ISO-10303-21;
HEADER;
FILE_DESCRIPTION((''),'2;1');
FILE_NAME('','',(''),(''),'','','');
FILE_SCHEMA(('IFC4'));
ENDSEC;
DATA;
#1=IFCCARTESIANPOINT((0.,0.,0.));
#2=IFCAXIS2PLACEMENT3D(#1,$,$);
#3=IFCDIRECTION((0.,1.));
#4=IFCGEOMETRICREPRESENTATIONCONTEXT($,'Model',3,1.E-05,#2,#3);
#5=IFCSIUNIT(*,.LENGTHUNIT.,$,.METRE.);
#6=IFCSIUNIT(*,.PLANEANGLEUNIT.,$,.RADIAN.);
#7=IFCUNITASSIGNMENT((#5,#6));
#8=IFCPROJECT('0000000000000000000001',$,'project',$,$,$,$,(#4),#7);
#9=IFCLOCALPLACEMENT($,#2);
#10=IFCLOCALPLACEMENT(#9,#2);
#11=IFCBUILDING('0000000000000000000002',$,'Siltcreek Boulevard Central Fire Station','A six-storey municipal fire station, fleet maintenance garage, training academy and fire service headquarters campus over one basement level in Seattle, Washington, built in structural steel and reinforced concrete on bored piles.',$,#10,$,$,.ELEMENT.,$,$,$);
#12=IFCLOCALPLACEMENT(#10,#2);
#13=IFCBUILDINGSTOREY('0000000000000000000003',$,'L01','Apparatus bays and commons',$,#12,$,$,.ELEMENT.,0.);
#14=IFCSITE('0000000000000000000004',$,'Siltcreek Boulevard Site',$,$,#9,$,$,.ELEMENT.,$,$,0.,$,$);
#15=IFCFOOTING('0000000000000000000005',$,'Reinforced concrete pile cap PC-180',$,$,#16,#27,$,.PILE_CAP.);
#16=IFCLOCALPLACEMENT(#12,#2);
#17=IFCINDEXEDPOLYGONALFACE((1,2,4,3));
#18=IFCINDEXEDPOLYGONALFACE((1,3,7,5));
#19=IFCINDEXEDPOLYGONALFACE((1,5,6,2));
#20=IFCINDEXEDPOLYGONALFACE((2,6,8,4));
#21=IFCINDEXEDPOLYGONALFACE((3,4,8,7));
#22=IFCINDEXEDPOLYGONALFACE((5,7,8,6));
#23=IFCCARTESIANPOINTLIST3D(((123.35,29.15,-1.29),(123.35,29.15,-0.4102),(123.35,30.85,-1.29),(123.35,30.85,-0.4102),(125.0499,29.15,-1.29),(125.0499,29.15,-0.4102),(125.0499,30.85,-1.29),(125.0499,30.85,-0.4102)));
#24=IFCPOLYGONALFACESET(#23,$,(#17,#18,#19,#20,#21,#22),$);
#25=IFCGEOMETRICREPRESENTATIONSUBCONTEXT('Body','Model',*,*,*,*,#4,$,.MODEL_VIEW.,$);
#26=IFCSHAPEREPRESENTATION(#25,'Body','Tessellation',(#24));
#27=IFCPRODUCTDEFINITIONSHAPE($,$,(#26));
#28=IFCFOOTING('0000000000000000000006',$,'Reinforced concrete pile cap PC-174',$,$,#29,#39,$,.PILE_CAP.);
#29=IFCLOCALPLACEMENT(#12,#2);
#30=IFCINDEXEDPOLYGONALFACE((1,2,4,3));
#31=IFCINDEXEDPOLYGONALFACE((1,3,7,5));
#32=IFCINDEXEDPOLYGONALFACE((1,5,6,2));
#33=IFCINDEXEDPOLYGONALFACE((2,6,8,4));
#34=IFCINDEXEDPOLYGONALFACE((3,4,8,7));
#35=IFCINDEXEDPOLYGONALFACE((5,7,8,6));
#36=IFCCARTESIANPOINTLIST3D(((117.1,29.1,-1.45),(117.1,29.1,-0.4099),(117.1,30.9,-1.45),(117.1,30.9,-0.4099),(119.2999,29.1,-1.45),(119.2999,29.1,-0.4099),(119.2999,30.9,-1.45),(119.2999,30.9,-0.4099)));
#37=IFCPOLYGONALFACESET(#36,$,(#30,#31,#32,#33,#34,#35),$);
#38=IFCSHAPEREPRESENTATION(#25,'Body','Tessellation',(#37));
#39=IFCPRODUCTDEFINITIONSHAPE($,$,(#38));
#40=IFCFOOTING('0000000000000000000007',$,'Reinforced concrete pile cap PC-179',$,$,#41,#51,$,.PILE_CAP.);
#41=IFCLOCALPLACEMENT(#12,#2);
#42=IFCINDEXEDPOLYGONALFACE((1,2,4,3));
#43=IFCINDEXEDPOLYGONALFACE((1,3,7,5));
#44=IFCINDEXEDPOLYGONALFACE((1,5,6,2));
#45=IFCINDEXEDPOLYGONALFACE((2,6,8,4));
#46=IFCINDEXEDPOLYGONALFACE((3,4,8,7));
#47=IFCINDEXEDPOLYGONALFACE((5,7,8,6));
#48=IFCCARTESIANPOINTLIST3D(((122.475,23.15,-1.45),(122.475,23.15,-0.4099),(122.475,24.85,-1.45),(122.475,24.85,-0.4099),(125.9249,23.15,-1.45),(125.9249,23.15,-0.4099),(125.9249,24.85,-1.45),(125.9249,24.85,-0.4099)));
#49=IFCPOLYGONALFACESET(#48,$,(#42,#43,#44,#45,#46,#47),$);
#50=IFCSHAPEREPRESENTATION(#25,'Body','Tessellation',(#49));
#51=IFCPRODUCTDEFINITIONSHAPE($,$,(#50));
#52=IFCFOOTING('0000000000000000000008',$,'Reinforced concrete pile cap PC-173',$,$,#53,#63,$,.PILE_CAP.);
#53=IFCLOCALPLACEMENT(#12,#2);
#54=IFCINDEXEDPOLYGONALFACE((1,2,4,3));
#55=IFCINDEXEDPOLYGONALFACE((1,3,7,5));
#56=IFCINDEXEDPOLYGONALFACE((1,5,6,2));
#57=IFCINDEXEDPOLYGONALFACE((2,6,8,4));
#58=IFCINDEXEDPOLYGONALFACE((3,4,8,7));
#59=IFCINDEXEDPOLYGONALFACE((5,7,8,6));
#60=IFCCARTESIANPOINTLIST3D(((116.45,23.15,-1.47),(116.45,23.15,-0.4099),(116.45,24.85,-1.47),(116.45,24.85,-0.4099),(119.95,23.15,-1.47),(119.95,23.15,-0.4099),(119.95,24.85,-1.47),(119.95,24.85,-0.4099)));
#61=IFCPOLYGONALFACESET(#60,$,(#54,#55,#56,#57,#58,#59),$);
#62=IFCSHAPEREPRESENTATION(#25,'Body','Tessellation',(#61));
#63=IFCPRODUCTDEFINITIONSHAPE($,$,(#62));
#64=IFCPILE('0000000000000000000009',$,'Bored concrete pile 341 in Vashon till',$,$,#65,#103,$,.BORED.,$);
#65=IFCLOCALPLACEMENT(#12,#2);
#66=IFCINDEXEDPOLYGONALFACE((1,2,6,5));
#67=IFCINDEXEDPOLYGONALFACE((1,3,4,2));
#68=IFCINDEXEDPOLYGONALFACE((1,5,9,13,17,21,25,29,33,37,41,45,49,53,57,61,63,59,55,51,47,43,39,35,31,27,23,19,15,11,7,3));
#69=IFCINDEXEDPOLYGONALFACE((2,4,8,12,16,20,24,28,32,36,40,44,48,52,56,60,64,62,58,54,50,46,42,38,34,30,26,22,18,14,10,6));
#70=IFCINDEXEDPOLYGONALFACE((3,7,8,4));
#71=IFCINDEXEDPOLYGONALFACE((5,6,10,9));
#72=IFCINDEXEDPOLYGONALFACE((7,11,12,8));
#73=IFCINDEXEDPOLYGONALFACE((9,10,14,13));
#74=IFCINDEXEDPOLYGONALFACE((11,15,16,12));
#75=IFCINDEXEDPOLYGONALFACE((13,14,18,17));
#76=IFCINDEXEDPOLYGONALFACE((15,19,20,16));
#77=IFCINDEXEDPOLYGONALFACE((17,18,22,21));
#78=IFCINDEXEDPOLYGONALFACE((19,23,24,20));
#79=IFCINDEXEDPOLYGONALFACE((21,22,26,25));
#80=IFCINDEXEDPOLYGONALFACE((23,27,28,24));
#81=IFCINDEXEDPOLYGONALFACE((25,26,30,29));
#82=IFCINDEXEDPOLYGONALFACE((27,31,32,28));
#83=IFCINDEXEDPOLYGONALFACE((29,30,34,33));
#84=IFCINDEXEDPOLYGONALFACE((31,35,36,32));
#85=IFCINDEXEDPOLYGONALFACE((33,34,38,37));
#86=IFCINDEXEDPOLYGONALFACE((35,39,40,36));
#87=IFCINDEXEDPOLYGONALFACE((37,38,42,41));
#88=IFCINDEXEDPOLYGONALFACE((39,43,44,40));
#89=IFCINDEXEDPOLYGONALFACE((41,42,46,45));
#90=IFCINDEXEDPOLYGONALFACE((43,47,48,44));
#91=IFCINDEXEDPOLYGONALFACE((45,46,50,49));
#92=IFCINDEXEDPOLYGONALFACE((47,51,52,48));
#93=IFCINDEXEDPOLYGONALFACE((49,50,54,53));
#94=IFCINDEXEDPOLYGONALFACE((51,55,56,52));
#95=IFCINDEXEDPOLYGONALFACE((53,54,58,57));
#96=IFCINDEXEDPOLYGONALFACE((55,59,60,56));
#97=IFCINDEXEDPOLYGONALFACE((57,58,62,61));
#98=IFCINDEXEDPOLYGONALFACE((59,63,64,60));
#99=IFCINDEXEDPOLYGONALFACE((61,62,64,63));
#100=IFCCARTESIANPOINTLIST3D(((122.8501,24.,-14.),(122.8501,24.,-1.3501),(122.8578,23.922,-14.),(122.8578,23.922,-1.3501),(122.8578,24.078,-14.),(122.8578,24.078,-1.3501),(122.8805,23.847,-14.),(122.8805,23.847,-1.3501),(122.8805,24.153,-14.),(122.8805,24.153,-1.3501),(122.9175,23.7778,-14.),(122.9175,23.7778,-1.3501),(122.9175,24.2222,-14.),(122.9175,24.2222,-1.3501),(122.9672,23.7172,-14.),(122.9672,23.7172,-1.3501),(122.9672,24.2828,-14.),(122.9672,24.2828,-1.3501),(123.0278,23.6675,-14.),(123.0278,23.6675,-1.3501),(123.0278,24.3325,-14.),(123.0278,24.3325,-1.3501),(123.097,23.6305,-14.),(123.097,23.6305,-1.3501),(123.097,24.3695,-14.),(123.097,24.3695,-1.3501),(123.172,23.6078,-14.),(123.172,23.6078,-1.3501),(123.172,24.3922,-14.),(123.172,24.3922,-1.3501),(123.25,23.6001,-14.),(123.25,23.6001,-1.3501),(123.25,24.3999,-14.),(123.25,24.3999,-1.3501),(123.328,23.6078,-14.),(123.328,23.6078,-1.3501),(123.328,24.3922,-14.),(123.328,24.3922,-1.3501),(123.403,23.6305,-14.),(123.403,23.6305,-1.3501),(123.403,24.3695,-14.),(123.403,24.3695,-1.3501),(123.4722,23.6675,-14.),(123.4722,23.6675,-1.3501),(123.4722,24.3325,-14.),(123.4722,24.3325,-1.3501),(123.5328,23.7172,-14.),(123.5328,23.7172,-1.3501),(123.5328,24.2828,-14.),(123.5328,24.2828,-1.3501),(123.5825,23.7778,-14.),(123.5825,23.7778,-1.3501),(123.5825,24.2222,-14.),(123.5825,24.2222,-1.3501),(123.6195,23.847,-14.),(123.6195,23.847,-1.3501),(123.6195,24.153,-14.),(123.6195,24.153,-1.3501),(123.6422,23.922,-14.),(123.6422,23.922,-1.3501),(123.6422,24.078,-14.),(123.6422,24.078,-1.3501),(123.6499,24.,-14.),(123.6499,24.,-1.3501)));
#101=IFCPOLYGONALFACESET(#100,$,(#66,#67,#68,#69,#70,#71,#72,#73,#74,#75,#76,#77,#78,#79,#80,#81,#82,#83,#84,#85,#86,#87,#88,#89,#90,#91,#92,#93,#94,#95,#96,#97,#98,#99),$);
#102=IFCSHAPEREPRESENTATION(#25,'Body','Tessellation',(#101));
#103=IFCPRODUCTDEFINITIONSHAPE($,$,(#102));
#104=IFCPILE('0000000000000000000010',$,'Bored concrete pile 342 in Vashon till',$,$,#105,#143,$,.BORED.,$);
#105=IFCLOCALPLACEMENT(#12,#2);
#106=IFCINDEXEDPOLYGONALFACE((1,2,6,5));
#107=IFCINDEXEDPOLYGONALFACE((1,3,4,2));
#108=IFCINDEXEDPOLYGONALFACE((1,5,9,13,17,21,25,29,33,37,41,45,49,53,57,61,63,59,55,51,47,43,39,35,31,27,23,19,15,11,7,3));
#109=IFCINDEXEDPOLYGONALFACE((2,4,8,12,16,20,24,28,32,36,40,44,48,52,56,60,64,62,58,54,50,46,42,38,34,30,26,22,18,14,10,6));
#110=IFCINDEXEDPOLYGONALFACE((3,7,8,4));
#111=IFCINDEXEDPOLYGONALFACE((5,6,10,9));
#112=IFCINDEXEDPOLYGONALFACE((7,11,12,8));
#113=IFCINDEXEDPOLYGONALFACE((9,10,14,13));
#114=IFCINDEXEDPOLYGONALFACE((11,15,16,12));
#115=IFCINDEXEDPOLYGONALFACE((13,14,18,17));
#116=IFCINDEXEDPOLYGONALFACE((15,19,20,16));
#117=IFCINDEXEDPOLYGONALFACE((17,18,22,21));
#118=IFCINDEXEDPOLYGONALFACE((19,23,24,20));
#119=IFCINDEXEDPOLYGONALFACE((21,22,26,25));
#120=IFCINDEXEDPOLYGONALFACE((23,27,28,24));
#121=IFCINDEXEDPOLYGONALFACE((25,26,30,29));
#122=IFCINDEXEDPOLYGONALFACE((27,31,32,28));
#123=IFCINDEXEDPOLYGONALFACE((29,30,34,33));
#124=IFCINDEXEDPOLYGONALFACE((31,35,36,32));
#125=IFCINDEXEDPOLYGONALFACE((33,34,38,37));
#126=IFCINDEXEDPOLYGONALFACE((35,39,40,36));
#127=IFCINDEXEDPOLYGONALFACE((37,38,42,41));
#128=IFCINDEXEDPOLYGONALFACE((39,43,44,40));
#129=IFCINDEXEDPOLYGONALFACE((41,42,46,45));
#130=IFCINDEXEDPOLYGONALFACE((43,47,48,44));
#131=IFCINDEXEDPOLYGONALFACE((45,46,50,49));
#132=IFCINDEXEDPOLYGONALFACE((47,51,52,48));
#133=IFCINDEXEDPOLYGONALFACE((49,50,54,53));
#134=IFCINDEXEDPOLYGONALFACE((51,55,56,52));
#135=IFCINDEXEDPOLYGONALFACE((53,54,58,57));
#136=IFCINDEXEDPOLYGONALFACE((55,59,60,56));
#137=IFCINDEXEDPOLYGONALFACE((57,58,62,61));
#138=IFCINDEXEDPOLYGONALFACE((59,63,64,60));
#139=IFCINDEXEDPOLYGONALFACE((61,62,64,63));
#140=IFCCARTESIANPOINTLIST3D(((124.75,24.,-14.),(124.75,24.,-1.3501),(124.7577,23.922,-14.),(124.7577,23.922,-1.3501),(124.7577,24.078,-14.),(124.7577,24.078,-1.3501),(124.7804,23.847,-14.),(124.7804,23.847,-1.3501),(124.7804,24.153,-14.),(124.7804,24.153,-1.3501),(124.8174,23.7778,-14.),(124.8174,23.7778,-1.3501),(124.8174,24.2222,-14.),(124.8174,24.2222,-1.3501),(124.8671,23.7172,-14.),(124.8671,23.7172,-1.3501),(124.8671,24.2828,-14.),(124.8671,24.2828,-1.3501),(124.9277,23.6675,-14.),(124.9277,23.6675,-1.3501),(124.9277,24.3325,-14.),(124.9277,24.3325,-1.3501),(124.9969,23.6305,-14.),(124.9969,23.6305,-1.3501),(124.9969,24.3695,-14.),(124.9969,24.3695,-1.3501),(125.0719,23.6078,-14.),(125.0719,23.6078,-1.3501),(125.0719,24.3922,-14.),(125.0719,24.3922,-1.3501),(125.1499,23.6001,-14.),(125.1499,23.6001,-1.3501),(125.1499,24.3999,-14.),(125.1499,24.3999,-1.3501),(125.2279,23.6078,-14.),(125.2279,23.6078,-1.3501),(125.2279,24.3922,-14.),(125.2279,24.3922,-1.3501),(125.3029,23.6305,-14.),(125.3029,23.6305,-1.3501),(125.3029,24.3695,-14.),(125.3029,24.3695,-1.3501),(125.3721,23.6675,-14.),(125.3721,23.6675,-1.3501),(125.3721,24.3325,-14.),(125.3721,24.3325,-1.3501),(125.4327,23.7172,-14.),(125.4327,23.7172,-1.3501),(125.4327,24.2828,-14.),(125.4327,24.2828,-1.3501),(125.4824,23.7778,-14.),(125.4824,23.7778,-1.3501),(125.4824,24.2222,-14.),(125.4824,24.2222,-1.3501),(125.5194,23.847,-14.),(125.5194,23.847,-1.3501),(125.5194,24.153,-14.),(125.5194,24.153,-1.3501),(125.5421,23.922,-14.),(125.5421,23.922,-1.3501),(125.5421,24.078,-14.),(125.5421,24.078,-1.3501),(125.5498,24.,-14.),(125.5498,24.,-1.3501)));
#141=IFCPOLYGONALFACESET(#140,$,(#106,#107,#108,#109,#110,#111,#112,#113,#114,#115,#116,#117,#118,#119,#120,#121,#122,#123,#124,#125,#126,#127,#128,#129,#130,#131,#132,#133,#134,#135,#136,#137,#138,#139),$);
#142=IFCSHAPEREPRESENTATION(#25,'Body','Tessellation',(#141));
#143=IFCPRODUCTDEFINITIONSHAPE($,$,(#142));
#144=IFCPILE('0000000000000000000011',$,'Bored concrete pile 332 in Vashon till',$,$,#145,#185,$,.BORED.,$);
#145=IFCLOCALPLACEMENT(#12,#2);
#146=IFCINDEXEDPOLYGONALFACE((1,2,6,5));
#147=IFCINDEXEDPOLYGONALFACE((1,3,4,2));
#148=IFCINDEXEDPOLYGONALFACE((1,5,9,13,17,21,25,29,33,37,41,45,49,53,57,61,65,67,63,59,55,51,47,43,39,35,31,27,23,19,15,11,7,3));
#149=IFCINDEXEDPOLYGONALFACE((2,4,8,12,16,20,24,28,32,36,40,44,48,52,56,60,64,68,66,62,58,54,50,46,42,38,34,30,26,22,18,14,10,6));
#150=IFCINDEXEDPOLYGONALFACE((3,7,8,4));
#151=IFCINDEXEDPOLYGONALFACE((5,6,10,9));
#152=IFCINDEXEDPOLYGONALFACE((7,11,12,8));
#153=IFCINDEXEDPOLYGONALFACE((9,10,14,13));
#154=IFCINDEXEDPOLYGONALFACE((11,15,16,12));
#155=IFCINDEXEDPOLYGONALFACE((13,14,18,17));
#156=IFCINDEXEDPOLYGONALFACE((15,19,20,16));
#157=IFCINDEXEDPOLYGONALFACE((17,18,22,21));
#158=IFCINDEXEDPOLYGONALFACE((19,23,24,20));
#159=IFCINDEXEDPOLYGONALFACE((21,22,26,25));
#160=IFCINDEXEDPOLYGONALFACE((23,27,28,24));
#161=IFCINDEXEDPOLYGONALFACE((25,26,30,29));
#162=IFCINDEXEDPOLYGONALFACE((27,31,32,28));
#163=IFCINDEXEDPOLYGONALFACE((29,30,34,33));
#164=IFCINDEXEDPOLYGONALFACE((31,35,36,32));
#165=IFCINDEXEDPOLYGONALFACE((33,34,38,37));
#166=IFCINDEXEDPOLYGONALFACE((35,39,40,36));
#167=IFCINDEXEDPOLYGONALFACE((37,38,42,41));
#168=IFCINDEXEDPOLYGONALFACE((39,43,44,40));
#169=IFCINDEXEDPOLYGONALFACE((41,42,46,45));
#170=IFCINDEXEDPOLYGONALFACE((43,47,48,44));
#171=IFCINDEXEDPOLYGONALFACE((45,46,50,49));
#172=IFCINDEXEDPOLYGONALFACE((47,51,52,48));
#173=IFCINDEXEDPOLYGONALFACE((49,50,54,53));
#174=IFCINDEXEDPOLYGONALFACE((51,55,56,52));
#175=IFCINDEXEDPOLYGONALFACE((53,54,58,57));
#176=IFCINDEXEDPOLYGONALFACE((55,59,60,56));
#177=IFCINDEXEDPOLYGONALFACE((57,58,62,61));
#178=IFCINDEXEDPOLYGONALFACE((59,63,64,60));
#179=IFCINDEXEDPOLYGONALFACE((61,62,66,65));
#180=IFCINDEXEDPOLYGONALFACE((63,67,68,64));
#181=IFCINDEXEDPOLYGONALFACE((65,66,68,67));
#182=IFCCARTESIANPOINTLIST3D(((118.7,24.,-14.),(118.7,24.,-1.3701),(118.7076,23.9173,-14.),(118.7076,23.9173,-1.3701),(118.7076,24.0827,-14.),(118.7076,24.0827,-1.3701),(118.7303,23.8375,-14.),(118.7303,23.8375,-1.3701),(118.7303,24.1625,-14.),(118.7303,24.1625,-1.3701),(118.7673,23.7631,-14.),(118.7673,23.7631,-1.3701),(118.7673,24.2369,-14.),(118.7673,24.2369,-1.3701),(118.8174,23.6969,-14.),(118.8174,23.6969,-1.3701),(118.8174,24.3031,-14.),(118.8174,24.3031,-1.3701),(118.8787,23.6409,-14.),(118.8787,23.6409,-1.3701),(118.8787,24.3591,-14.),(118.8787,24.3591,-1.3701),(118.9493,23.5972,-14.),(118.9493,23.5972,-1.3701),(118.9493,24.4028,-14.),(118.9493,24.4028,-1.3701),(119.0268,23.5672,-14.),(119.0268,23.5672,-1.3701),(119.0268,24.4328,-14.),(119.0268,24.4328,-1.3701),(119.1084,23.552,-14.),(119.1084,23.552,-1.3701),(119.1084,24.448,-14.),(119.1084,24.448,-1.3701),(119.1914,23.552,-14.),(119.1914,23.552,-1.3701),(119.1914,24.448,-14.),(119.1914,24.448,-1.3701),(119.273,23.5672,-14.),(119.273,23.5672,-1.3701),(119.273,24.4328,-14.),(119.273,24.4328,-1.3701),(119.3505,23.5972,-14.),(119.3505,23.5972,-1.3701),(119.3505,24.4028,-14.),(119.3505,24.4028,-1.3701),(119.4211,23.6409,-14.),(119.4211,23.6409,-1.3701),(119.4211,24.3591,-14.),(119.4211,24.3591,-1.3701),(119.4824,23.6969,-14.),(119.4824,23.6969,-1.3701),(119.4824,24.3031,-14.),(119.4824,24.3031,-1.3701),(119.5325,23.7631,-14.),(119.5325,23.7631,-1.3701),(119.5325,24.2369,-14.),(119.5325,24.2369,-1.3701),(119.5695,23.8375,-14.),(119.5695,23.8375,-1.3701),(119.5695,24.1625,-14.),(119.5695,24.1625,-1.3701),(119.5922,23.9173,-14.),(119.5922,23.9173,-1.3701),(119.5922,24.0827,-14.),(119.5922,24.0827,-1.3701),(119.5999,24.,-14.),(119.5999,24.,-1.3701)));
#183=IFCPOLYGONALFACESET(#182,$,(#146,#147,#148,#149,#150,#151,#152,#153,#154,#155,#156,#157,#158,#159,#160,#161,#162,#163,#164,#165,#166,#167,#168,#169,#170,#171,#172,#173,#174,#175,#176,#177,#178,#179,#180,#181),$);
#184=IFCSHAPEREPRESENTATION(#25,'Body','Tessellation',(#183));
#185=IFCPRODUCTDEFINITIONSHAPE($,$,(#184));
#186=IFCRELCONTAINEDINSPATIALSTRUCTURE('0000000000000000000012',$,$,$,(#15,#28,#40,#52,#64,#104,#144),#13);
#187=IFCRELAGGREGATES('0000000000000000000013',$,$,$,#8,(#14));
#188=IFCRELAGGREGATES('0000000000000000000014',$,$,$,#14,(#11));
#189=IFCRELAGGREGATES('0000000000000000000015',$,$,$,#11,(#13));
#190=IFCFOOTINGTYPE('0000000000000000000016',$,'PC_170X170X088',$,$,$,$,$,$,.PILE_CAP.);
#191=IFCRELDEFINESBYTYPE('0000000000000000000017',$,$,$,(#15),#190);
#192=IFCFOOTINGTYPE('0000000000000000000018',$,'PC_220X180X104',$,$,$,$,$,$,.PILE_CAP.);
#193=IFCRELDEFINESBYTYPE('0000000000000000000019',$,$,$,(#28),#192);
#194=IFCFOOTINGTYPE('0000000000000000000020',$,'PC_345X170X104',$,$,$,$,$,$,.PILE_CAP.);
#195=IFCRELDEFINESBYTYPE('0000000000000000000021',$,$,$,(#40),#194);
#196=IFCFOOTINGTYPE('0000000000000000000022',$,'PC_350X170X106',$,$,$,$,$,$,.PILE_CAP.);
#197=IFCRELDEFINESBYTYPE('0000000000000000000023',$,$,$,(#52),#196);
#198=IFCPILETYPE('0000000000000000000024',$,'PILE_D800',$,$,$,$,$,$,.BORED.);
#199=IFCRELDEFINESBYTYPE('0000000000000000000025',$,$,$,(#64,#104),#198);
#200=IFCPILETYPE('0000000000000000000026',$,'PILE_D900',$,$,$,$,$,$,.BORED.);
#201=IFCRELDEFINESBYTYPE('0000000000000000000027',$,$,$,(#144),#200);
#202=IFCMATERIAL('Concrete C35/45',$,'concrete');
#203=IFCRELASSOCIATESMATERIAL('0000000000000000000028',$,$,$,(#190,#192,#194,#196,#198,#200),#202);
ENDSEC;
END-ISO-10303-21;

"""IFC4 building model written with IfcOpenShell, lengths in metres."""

from ifc_helpers import new_model, si_unit, direction, frame, origin, origin_2d, place, context, subcontext, project, spatial, rectangle, circle, extrude, material, material_profile, profile_set, type_object, element, save


model = new_model("IFC4")

# Units and contexts
model_context = context("Model", 3, precision=1e-05, world=origin(), true_north=direction((0.0, 1.0)))
body_context = subcontext(model_context, "Body", "Model", "MODEL_VIEW")
ifc_project = project(units=[si_unit("LENGTHUNIT", "METRE"), si_unit("PLANEANGLEUNIT", "RADIAN")], contexts=[model_context])

# Site, building, storey
site_placement = place(None, origin())
site = spatial("IfcSite", under=ifc_project, at=site_placement, Name="Siltcreek Boulevard Site", CompositionType="ELEMENT", RefElevation=0.0)
building_placement = place(site_placement, origin())
building = spatial("IfcBuilding", under=site, at=building_placement, Name="Siltcreek Boulevard Central Fire Station", Description="A six-storey municipal fire station, fleet maintenance garage, training academy and fire service headquarters campus over one basement level in Seattle, Washington, built in structural steel and reinforced concrete on bored piles.", CompositionType="ELEMENT")
storey_placement = place(building_placement, origin())
storey = spatial("IfcBuildingStorey", under=building, at=storey_placement, Name="L01", Description="Apparatus bays and commons", CompositionType="ELEMENT", Elevation=0.0)

# Footings
ifc_material_1 = material(Name="Concrete C35/45", Category="concrete")
footing_type_1 = type_object("IfcFootingType", Name="PC_170X170X088", PredefinedType="PILE_CAP", material=ifc_material_1)
footing_1_placement = place(storey_placement, frame((124.2, 30.0, -1.29), z_axis=(0.0, 0.0, 1.0), x_axis=(1.0, 0.0, 0.0)))
element("IfcFooting", 1, at=footing_1_placement, inside=storey, type_object=footing_type_1, Name="Reinforced concrete pile cap PC-180", PredefinedType="PILE_CAP", context=body_context, shape_type="SweptSolid", body=[
    extrude(rectangle(XDim=1.7, YDim=1.7, at=origin_2d()), origin(), (0.0, 0.0, 1.0), 0.8799),
])
footing_type_2 = type_object("IfcFootingType", Name="PC_220X180X104", PredefinedType="PILE_CAP", material=ifc_material_1)
footing_2_placement = place(storey_placement, frame((118.2, 30.0, -1.45), z_axis=(0.0, 0.0, 1.0), x_axis=(1.0, 0.0, 0.0)))
element("IfcFooting", 2, at=footing_2_placement, inside=storey, type_object=footing_type_2, Name="Reinforced concrete pile cap PC-174", PredefinedType="PILE_CAP", context=body_context, shape_type="SweptSolid", body=[
    extrude(rectangle(XDim=2.2, YDim=1.8, at=origin_2d()), origin(), (0.0, 0.0, 1.0), 1.04),
])
footing_type_3 = type_object("IfcFootingType", Name="PC_345X170X104", PredefinedType="PILE_CAP", material=ifc_material_1)
footing_3_placement = place(storey_placement, frame((124.2, 24.0, -1.45), z_axis=(0.0, 0.0, 1.0), x_axis=(1.0, 0.0, 0.0)))
element("IfcFooting", 3, at=footing_3_placement, inside=storey, type_object=footing_type_3, Name="Reinforced concrete pile cap PC-179", PredefinedType="PILE_CAP", context=body_context, shape_type="SweptSolid", body=[
    extrude(rectangle(XDim=3.45, YDim=1.7, at=origin_2d()), origin(), (0.0, 0.0, 1.0), 1.04),
])
footing_type_4 = type_object("IfcFootingType", Name="PC_350X170X106", PredefinedType="PILE_CAP", material=ifc_material_1)
footing_4_placement = place(storey_placement, frame((118.2, 24.0, -1.47), z_axis=(0.0, 0.0, 1.0), x_axis=(1.0, 0.0, 0.0)))
element("IfcFooting", 4, at=footing_4_placement, inside=storey, type_object=footing_type_4, Name="Reinforced concrete pile cap PC-173", PredefinedType="PILE_CAP", context=body_context, shape_type="SweptSolid", body=[
    extrude(rectangle(XDim=3.5, YDim=1.7, at=origin_2d()), origin(), (0.0, 0.0, 1.0), 1.0601),
])

# Piles
ifc_material_profile_1 = material_profile(ifc_material_1, circle(Radius=0.3999, at=origin_2d()), Name="SHAFT800")
ifc_profile_set_1 = profile_set([ifc_material_profile_1], Name="Concrete C35/45")
pile_type_1 = type_object("IfcPileType", Name="PILE_D800", PredefinedType="BORED", material=ifc_profile_set_1)
for number, where, z_axis, x_axis, name in (
    (5, (123.25, 24.0, -1.3501), (0.0, 0.0, -1.0), (1.0, 0.0, 0.0), "Bored concrete pile 341 in Vashon till"),
    (6, (125.1499, 24.0, -1.3501), (0.0, 0.0, -1.0), (1.0, 0.0, 0.0), "Bored concrete pile 342 in Vashon till"),
):
    element("IfcPile", number, at=place(storey_placement, frame(where, z_axis=z_axis, x_axis=x_axis)), inside=storey, type_object=pile_type_1, Name=name, PredefinedType="BORED", context=body_context, shape_type="SweptSolid", body=[
        extrude(circle(Radius=0.3999, at=origin_2d()), origin(), (0.0, 0.0, 1.0), 12.6499),
    ])
ifc_material_profile_2 = material_profile(ifc_material_1, circle(Radius=0.45, at=origin_2d()), Name="SHAFT900")
ifc_profile_set_2 = profile_set([ifc_material_profile_2], Name="Concrete C35/45")
pile_type_2 = type_object("IfcPileType", Name="PILE_D900", PredefinedType="BORED", material=ifc_profile_set_2)
pile_1_placement = place(storey_placement, frame((119.1499, 24.0, -1.3701), z_axis=(0.0, 0.0, -1.0), x_axis=(1.0, 0.0, 0.0)))
element("IfcPile", 7, at=pile_1_placement, inside=storey, type_object=pile_type_2, Name="Bored concrete pile 332 in Vashon till", PredefinedType="BORED", context=body_context, shape_type="SweptSolid", body=[
    extrude(circle(Radius=0.45, at=origin_2d()), origin(), (0.0, 0.0, 1.0), 12.6299),
])

save(model, "model.ifc")
